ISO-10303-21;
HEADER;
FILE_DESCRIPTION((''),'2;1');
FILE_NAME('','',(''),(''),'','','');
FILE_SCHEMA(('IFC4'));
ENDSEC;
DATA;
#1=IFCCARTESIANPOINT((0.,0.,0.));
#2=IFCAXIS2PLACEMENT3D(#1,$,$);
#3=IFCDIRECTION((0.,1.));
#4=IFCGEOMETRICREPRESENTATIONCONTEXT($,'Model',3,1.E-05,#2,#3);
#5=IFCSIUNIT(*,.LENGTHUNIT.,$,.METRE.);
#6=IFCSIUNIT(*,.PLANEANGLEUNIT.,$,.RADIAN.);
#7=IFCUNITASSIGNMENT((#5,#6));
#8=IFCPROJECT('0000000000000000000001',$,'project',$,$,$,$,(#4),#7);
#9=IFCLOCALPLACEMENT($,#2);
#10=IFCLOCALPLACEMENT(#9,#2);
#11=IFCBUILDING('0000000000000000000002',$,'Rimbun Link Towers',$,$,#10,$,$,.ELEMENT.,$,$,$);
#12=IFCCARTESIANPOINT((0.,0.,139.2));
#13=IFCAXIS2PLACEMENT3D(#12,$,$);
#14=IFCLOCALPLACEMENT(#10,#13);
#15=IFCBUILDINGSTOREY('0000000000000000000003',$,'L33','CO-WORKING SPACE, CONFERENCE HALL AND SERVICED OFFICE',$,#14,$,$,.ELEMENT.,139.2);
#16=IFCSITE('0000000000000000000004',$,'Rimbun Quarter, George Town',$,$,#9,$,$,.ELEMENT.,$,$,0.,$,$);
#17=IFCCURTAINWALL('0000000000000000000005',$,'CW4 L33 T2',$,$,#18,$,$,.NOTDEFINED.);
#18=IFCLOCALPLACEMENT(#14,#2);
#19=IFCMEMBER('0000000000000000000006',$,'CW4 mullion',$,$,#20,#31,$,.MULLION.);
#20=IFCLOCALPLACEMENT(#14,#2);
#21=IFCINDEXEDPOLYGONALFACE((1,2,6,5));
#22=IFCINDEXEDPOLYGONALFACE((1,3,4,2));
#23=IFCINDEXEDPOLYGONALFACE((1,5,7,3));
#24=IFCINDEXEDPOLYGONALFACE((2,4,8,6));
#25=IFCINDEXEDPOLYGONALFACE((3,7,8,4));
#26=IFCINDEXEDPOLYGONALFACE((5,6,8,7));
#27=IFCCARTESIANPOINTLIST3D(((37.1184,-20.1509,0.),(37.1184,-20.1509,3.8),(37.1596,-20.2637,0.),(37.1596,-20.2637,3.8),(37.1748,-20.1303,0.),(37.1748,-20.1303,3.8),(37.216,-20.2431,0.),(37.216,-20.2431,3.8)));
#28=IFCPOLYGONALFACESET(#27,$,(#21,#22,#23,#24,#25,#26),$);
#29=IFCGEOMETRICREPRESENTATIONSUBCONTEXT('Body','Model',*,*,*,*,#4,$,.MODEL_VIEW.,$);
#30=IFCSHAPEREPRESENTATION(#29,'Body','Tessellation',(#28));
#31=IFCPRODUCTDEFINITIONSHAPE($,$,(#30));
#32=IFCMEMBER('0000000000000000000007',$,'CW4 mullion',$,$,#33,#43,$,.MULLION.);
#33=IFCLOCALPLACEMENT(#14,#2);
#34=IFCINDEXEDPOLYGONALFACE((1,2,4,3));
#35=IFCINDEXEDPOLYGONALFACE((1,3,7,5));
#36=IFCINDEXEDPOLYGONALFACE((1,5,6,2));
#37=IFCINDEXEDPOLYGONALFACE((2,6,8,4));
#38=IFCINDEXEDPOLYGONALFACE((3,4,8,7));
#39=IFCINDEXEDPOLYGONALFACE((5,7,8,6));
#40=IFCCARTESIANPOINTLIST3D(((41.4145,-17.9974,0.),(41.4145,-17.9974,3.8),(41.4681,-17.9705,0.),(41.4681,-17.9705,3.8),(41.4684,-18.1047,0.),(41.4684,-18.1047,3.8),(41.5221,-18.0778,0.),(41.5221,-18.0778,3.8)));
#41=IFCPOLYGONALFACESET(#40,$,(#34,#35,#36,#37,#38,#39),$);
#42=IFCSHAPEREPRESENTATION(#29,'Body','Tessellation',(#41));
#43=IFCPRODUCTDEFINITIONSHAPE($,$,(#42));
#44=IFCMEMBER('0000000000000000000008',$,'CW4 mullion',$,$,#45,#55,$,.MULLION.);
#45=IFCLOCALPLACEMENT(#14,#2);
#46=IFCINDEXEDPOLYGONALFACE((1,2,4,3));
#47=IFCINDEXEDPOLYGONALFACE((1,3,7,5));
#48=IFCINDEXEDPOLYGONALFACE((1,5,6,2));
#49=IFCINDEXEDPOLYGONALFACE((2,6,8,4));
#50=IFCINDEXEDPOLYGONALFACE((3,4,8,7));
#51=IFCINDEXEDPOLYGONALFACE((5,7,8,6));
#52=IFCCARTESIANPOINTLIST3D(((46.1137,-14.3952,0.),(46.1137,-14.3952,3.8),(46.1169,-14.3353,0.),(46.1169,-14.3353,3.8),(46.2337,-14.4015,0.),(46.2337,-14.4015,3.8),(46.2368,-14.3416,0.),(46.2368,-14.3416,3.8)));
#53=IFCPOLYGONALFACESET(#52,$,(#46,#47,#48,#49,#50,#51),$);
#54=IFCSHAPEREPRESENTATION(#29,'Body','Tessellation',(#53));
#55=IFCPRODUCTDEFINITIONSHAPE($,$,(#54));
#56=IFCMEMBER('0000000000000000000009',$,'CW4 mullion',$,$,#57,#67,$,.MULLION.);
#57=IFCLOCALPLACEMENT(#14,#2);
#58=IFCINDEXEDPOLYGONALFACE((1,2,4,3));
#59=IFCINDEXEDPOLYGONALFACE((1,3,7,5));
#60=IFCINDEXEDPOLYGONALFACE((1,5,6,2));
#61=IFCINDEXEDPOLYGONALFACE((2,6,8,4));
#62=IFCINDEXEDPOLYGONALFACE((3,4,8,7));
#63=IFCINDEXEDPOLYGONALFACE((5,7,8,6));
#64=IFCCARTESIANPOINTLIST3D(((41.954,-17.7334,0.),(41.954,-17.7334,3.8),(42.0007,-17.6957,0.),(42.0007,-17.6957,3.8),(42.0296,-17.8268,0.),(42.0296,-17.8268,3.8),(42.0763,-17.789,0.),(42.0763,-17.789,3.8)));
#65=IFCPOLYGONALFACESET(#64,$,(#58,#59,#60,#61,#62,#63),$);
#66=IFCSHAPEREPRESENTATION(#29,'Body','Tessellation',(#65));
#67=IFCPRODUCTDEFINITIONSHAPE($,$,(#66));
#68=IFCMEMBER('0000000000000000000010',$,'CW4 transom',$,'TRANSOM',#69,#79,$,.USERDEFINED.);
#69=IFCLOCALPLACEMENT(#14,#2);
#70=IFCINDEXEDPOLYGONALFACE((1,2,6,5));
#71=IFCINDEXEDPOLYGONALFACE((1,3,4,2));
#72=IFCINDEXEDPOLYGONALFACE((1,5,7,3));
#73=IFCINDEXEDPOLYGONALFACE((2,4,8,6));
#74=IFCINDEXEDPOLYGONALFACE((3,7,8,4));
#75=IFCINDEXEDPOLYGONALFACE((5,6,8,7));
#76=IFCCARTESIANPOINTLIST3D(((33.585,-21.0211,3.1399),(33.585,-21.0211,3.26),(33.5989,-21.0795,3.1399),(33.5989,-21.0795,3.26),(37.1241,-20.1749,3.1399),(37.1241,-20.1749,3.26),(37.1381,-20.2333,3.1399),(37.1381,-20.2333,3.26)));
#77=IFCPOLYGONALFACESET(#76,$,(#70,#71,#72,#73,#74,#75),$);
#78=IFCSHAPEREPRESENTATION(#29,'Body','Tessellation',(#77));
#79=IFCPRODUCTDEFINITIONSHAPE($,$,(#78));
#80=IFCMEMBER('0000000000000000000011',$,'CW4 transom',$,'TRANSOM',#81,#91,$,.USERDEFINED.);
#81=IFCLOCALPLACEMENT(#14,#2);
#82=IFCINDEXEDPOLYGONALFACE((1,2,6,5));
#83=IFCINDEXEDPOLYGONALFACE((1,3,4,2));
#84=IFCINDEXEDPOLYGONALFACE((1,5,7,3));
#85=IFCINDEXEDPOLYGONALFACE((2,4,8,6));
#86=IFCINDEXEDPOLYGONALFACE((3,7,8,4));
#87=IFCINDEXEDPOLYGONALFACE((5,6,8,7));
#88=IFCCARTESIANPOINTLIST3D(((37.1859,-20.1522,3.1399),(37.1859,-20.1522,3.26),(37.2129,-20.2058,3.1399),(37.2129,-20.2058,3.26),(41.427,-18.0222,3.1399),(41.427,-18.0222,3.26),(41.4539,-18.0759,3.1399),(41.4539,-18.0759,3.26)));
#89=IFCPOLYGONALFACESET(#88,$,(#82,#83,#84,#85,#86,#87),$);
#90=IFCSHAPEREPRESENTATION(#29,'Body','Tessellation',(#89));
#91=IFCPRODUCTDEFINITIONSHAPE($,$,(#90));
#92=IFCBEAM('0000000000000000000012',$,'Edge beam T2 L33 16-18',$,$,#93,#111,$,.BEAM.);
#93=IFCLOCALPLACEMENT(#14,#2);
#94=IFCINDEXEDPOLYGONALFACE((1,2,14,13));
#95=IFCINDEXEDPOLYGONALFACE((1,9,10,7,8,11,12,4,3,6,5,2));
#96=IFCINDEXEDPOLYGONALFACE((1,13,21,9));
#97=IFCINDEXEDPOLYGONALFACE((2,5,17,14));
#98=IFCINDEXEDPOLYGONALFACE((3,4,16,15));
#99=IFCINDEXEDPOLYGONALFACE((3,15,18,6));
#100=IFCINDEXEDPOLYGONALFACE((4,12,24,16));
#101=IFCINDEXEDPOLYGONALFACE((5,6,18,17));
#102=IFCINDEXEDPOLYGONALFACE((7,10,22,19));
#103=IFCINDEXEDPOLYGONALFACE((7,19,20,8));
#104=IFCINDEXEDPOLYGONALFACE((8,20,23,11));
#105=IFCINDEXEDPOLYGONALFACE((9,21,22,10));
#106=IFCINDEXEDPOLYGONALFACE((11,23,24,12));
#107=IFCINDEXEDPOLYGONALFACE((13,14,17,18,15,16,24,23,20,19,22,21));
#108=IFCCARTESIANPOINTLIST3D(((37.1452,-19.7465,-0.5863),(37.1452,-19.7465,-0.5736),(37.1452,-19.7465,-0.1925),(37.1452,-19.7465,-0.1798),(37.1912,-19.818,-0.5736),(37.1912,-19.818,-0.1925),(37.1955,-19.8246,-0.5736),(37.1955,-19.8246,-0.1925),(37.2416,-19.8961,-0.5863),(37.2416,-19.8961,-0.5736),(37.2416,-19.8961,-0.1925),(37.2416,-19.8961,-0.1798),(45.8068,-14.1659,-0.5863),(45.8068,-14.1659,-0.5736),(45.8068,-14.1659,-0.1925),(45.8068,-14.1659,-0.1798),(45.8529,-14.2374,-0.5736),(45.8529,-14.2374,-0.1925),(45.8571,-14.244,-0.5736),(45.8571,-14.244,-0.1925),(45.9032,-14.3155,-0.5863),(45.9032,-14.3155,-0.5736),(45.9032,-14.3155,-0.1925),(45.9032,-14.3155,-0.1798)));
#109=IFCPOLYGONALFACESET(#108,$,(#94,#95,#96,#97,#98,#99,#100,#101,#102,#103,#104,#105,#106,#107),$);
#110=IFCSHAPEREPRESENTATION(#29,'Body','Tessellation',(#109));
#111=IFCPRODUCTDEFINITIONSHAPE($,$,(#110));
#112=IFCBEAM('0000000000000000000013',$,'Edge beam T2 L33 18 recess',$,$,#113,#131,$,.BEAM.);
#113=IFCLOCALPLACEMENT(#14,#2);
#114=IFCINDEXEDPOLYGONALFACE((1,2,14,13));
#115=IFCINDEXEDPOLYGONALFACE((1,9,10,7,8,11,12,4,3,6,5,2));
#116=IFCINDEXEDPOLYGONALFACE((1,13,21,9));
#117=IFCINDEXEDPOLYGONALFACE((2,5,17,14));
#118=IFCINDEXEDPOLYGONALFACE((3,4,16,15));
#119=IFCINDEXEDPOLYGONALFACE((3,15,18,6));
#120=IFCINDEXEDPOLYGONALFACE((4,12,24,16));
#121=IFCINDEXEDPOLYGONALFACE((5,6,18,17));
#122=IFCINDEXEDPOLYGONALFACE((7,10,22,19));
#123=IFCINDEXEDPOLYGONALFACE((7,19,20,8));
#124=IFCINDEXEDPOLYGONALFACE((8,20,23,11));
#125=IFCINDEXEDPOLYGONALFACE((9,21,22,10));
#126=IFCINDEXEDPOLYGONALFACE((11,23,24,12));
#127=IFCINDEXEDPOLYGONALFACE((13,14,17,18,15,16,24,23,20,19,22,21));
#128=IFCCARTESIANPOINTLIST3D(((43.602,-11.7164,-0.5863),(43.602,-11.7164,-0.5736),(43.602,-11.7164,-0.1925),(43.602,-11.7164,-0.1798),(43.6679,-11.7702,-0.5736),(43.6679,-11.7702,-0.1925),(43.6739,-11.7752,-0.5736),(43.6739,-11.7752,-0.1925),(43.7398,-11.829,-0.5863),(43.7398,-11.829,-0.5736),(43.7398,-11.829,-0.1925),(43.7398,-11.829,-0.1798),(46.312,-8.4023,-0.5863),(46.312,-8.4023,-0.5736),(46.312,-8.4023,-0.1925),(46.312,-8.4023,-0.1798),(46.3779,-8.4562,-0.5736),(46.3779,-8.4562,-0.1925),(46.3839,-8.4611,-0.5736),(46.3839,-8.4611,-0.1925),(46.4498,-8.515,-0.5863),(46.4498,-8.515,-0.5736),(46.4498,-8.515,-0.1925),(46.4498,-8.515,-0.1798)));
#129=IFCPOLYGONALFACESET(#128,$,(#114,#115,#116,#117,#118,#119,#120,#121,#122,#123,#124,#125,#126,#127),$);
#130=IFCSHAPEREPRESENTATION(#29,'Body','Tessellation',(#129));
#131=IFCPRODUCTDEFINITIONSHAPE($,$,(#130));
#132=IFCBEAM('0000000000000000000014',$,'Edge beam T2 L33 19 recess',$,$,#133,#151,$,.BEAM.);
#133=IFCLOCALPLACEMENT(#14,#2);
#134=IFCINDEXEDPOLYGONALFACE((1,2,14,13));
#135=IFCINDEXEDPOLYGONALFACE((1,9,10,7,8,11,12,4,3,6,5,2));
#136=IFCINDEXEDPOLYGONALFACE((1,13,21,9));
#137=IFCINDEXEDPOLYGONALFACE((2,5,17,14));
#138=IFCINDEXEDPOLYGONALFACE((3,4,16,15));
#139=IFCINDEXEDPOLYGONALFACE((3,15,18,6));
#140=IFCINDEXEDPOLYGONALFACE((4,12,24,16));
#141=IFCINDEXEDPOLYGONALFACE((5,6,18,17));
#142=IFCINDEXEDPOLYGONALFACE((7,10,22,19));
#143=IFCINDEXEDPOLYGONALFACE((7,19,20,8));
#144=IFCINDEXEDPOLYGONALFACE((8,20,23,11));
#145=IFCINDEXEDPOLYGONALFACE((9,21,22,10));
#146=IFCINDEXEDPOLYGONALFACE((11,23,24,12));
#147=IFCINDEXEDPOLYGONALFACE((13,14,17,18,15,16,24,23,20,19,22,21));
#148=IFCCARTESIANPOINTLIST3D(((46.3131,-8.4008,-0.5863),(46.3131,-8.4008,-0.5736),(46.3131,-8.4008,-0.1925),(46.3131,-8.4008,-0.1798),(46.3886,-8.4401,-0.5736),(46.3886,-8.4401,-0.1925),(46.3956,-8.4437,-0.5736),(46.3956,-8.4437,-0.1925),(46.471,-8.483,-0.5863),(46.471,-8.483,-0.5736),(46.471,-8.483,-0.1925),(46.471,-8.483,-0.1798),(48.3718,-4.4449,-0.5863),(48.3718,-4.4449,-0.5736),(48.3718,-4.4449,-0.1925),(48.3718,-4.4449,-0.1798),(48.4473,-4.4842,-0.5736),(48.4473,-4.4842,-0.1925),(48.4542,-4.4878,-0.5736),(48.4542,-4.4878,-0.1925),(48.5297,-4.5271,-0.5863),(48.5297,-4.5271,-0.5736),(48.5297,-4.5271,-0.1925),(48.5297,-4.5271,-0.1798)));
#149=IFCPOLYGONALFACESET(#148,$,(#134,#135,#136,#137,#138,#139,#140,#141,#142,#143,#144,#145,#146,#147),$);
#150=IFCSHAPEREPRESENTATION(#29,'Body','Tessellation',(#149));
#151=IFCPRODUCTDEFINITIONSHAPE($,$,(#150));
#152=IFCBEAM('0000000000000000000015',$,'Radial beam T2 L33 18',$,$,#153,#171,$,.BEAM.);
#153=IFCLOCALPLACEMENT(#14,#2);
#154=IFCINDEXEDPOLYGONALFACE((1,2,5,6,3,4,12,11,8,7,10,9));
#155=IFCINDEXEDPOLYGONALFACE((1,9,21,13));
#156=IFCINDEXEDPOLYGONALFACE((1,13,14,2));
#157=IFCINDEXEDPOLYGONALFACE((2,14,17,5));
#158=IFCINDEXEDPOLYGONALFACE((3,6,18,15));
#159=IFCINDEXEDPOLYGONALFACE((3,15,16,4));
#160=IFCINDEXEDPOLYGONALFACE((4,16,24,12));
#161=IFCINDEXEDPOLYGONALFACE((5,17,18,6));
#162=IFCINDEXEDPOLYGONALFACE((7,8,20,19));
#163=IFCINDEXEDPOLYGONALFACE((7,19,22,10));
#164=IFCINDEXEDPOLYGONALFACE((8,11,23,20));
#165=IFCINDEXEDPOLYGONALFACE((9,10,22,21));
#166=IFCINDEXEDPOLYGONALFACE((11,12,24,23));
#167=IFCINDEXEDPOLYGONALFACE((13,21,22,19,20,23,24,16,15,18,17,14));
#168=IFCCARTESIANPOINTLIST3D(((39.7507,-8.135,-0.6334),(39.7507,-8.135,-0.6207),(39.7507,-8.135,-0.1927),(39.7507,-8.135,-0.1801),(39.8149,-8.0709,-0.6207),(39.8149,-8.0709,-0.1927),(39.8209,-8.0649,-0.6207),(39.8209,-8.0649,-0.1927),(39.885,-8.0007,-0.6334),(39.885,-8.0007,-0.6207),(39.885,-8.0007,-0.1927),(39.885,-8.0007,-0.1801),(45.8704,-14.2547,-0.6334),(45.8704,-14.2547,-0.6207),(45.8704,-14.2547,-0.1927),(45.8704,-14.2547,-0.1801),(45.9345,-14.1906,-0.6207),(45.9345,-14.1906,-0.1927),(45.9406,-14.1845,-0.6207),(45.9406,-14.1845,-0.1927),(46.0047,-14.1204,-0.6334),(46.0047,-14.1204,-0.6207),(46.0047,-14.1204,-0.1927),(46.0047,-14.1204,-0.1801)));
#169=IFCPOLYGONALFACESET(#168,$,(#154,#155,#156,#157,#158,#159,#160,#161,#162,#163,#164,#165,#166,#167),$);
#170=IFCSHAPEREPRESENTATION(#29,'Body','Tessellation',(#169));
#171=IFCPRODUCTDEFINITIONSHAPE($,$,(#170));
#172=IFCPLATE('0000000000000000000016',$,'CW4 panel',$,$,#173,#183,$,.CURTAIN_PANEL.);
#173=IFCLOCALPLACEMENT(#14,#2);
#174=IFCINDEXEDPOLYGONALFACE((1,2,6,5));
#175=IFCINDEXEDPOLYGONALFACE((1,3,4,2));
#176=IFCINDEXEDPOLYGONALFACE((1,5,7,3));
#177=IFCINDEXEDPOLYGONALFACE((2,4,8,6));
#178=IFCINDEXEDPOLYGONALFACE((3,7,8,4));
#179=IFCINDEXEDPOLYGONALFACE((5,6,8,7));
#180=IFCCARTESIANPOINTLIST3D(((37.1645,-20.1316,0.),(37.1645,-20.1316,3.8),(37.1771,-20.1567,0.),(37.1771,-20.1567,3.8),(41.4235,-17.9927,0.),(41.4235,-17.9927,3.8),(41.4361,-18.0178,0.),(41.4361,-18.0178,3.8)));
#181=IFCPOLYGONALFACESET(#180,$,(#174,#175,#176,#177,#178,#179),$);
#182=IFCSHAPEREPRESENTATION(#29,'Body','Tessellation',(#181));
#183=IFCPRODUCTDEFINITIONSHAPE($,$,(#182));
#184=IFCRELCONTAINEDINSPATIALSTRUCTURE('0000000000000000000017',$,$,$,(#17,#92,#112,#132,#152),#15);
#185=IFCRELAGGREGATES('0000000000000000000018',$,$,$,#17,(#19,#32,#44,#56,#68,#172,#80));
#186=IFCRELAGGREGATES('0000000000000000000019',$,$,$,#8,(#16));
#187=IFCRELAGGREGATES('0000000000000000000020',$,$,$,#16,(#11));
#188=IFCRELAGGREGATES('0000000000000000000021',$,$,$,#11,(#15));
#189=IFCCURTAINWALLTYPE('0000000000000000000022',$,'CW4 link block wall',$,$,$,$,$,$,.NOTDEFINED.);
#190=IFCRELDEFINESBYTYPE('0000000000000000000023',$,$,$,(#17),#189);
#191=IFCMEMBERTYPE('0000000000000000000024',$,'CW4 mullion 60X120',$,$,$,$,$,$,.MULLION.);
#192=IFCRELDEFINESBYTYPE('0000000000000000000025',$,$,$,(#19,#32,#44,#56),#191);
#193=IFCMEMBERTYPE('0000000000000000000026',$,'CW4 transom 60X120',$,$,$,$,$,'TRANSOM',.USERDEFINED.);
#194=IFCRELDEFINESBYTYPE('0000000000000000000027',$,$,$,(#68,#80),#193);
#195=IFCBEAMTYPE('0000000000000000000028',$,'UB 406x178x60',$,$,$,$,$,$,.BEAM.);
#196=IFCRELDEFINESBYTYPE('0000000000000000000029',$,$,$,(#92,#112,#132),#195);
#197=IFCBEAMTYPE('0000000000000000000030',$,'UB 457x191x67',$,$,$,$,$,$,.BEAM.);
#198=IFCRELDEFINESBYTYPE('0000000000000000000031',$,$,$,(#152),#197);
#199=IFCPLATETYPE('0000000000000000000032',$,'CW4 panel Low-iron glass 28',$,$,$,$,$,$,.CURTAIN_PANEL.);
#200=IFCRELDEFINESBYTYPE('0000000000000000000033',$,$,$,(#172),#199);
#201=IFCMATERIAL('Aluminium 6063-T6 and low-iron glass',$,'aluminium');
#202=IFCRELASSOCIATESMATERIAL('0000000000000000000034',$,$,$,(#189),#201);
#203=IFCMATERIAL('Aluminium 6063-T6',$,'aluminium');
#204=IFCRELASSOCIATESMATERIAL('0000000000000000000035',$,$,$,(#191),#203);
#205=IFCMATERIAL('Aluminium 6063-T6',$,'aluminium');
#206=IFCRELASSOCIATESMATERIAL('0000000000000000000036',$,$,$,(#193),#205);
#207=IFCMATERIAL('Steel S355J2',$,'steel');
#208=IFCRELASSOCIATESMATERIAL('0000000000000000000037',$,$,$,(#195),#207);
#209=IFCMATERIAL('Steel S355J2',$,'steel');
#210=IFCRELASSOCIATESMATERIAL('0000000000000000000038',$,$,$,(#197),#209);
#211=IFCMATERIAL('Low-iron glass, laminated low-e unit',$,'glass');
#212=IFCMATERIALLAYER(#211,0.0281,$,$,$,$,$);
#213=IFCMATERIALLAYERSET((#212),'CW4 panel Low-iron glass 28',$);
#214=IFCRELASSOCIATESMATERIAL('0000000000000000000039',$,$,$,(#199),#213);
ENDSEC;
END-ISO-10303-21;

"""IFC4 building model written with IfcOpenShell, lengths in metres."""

from ifc_helpers import new_model, si_unit, direction, frame, origin, origin_2d, place, context, subcontext, project, spatial, rectangle, i_section, extrude, material, layer, layer_set, material_profile, profile_set, type_object, element, aggregate, save


model = new_model("IFC4")

# Units and contexts
model_context = context("Model", 3, precision=1e-05, world=origin(), true_north=direction((0.0, 1.0)))
body_context = subcontext(model_context, "Body", "Model", "MODEL_VIEW")
ifc_project = project(units=[si_unit("LENGTHUNIT", "METRE"), si_unit("PLANEANGLEUNIT", "RADIAN")], contexts=[model_context])

# Site, building, storey
site_placement = place(None, origin())
site = spatial("IfcSite", under=ifc_project, at=site_placement, Name="Rimbun Quarter, George Town", CompositionType="ELEMENT", RefElevation=0.0)
building_placement = place(site_placement, origin())
building = spatial("IfcBuilding", under=site, at=building_placement, Name="Rimbun Link Towers", CompositionType="ELEMENT")
storey_placement = place(building_placement, frame((0.0, 0.0, 139.2)))
storey = spatial("IfcBuildingStorey", under=building, at=storey_placement, Name="L33", Description="CO-WORKING SPACE, CONFERENCE HALL AND SERVICED OFFICE", CompositionType="ELEMENT", Elevation=139.2)

# Curtain wall, members
ifc_material_1 = material(Name="Aluminium 6063-T6 and low-iron glass", Category="aluminium")
curtain_wall_type = type_object("IfcCurtainWallType", Name="CW4 link block wall", PredefinedType="NOTDEFINED", material=ifc_material_1)
curtain_wall_placement = place(storey_placement, origin())
curtain_wall = element("IfcCurtainWall", 1, at=curtain_wall_placement, inside=storey, type_object=curtain_wall_type, Name="CW4 L33 T2", PredefinedType="NOTDEFINED")
ifc_material_2 = material(Name="Aluminium 6063-T6", Category="aluminium")
ifc_material_profile_1 = material_profile(ifc_material_2, rectangle(XDim=0.1201, YDim=0.0601, at=origin_2d()), Name="MULLION 60X120")
ifc_profile_set_1 = profile_set([ifc_material_profile_1], Name="Aluminium 6063-T6")
member_type_1 = type_object("IfcMemberType", Name="CW4 mullion 60X120", PredefinedType="MULLION", material=ifc_profile_set_1)
member_1_placement = place(storey_placement, frame((37.1672, -20.197, 0.0), z_axis=(0.0, 0.0, 1.0), x_axis=(0.342963, -0.939349, 0.0)))
member_1 = element("IfcMember", 2, at=member_1_placement, type_object=member_type_1, Name="CW4 mullion", PredefinedType="MULLION", context=body_context, shape_type="SweptSolid", body=[
    extrude(rectangle(XDim=0.1201, YDim=0.0601, at=origin_2d()), origin(), (0.0, 0.0, 1.0), 3.8),
])
member_2_placement = place(storey_placement, frame((41.4683, -18.0376, 0.0), z_axis=(0.0, 0.0, 1.0), x_axis=(0.448782, -0.893641, 0.0)))
member_2 = element("IfcMember", 3, at=member_2_placement, type_object=member_type_1, Name="CW4 mullion", PredefinedType="MULLION", context=body_context, shape_type="SweptSolid", body=[
    extrude(rectangle(XDim=0.1201, YDim=0.0601, at=origin_2d()), origin(), (0.0, 0.0, 1.0), 3.8),
])
member_3_placement = place(storey_placement, frame((46.1753, -14.3684, 0.0), z_axis=(0.0, 0.0, 1.0), x_axis=(0.998624, -0.05244, 0.0)))
member_3 = element("IfcMember", 4, at=member_3_placement, type_object=member_type_1, Name="CW4 mullion", PredefinedType="MULLION", context=body_context, shape_type="SweptSolid", body=[
    extrude(rectangle(XDim=0.1201, YDim=0.0601, at=origin_2d()), origin(), (0.0, 0.0, 1.0), 3.8),
])
member_4_placement = place(storey_placement, frame((42.0151, -17.7612, 0.0), z_axis=(0.0, 0.0, 1.0), x_axis=(0.629159, -0.777277, 0.0)))
member_4 = element("IfcMember", 5, at=member_4_placement, type_object=member_type_1, Name="CW4 mullion", PredefinedType="MULLION", context=body_context, shape_type="SweptSolid", body=[
    extrude(rectangle(XDim=0.1201, YDim=0.0601, at=origin_2d()), origin(), (0.0, 0.0, 1.0), 3.8),
])
ifc_material_3 = material(Name="Aluminium 6063-T6", Category="aluminium")
ifc_material_profile_2 = material_profile(ifc_material_3, rectangle(XDim=0.0601, YDim=0.1201, at=origin_2d()), Name="TRANSOM 60X120")
ifc_profile_set_2 = profile_set([ifc_material_profile_2], Name="Aluminium 6063-T6")
member_type_2 = type_object("IfcMemberType", Name="CW4 transom 60X120", ElementType="TRANSOM", PredefinedType="USERDEFINED", material=ifc_profile_set_2)
member_5_placement = place(storey_placement, frame((37.1311, -20.2041, 3.2), z_axis=(-0.972585, -0.232546, 0.0), x_axis=(0.232546, -0.972585, 0.0)))
member_5 = element("IfcMember", 6, at=member_5_placement, type_object=member_type_2, Name="CW4 transom", ObjectType="TRANSOM", PredefinedType="USERDEFINED", context=body_context, shape_type="SweptSolid", body=[
    extrude(rectangle(XDim=0.0601, YDim=0.1201, at=origin_2d()), origin(), (0.0, 0.0, 1.0), 3.6389),
])
member_6_placement = place(storey_placement, frame((41.4404, -18.0491, 3.2), z_axis=(-0.893634, -0.448797, 0.0), x_axis=(0.448797, -0.893634, 0.0)))
member_6 = element("IfcMember", 7, at=member_6_placement, type_object=member_type_2, Name="CW4 transom", ObjectType="TRANSOM", PredefinedType="USERDEFINED", context=body_context, shape_type="SweptSolid", body=[
    extrude(rectangle(XDim=0.0601, YDim=0.1201, at=origin_2d()), origin(), (0.0, 0.0, 1.0), 4.7458),
])

# Beams
ifc_material_4 = material(Name="Steel S355J2", Category="steel")
ifc_material_profile_3 = material_profile(ifc_material_4, i_section(OverallWidth=0.178, OverallDepth=0.4065, WebThickness=0.0078, FlangeThickness=0.0127, at=origin_2d()), Name="UB 406x178x60")
ifc_profile_set_3 = profile_set([ifc_material_profile_3], Name="Steel S355J2")
beam_type_1 = type_object("IfcBeamType", Name="UB 406x178x60", PredefinedType="BEAM", material=ifc_profile_set_3)
beam_1_placement = place(storey_placement, frame((37.1934, -19.8213, -0.3831), z_axis=(0.840631, 0.541608, 0.0), x_axis=(-0.541608, 0.840631, 0.0)))
element("IfcBeam", 8, at=beam_1_placement, inside=storey, type_object=beam_type_1, Name="Edge beam T2 L33 16-18", PredefinedType="BEAM", context=body_context, shape_type="SweptSolid", body=[
    extrude(i_section(OverallWidth=0.178, OverallDepth=0.4065, WebThickness=0.0078, FlangeThickness=0.0127, at=origin_2d()), origin(), (0.0, 0.0, 1.0), 10.3037),
])
beam_2_placement = place(storey_placement, frame((43.6709, -11.7727, -0.3831), z_axis=(0.633033, 0.774125, 0.0), x_axis=(-0.774125, 0.633033, 0.0)))
element("IfcBeam", 9, at=beam_2_placement, inside=storey, type_object=beam_type_1, Name="Edge beam T2 L33 18 recess", PredefinedType="BEAM", context=body_context, shape_type="SweptSolid", body=[
    extrude(i_section(OverallWidth=0.178, OverallDepth=0.4065, WebThickness=0.0078, FlangeThickness=0.0127, at=origin_2d()), origin(), (0.0, 0.0, 1.0), 4.281),
])
beam_3_placement = place(storey_placement, frame((46.3921, -8.4419, -0.3831), z_axis=(0.46163, 0.887072, 0.0), x_axis=(-0.887072, 0.46163, 0.0)))
element("IfcBeam", 10, at=beam_3_placement, inside=storey, type_object=beam_type_1, Name="Edge beam T2 L33 19 recess", PredefinedType="BEAM", context=body_context, shape_type="SweptSolid", body=[
    extrude(i_section(OverallWidth=0.178, OverallDepth=0.4065, WebThickness=0.0078, FlangeThickness=0.0127, at=origin_2d()), origin(), (0.0, 0.0, 1.0), 4.4595),
])
ifc_material_5 = material(Name="Steel S355J2", Category="steel")
ifc_material_profile_4 = material_profile(ifc_material_5, i_section(OverallWidth=0.1899, OverallDepth=0.4534, WebThickness=0.0085, FlangeThickness=0.0127, at=origin_2d()), Name="UB 457x191x67")
ifc_profile_set_4 = profile_set([ifc_material_profile_4], Name="Steel S355J2")
beam_type_2 = type_object("IfcBeamType", Name="UB 457x191x67", PredefinedType="BEAM", material=ifc_profile_set_4)
beam_4_placement = place(storey_placement, frame((39.8179, -8.0679, -0.4067), z_axis=(0.707107, -0.707107, 0.0), x_axis=(0.707107, 0.707107, 0.0)))
element("IfcBeam", 11, at=beam_4_placement, inside=storey, type_object=beam_type_2, Name="Radial beam T2 L33 18", PredefinedType="BEAM", context=body_context, shape_type="SweptSolid", body=[
    extrude(i_section(OverallWidth=0.1899, OverallDepth=0.4534, WebThickness=0.0085, FlangeThickness=0.0127, at=origin_2d()), origin(), (0.0, 0.0, 1.0), 8.6545),
])

# Plate
ifc_material_6 = material(Name="Low-iron glass, laminated low-e unit", Category="glass")
ifc_layer_1 = layer(ifc_material_6, 0.0281)
ifc_layer_set_1 = layer_set([ifc_layer_1], Name="CW4 panel Low-iron glass 28")
plate_type = type_object("IfcPlateType", Name="CW4 panel Low-iron glass 28", PredefinedType="CURTAIN_PANEL", material=ifc_layer_set_1)
plate_placement = place(storey_placement, frame((39.3003, -19.0747, 0.0), z_axis=(0.0, 0.0, 1.0), x_axis=(-0.893641, -0.448782, 0.0)))
plate = element("IfcPlate", 12, at=plate_placement, type_object=plate_type, Name="CW4 panel", PredefinedType="CURTAIN_PANEL", context=body_context, shape_type="SweptSolid", body=[
    extrude(rectangle(XDim=4.7659, YDim=0.0281, at=origin_2d()), origin(), (0.0, 0.0, 1.0), 3.8),
])
aggregate(curtain_wall, [member_1, member_2, member_3, member_4, member_5, plate, member_6])

save(model, "model.ifc")
